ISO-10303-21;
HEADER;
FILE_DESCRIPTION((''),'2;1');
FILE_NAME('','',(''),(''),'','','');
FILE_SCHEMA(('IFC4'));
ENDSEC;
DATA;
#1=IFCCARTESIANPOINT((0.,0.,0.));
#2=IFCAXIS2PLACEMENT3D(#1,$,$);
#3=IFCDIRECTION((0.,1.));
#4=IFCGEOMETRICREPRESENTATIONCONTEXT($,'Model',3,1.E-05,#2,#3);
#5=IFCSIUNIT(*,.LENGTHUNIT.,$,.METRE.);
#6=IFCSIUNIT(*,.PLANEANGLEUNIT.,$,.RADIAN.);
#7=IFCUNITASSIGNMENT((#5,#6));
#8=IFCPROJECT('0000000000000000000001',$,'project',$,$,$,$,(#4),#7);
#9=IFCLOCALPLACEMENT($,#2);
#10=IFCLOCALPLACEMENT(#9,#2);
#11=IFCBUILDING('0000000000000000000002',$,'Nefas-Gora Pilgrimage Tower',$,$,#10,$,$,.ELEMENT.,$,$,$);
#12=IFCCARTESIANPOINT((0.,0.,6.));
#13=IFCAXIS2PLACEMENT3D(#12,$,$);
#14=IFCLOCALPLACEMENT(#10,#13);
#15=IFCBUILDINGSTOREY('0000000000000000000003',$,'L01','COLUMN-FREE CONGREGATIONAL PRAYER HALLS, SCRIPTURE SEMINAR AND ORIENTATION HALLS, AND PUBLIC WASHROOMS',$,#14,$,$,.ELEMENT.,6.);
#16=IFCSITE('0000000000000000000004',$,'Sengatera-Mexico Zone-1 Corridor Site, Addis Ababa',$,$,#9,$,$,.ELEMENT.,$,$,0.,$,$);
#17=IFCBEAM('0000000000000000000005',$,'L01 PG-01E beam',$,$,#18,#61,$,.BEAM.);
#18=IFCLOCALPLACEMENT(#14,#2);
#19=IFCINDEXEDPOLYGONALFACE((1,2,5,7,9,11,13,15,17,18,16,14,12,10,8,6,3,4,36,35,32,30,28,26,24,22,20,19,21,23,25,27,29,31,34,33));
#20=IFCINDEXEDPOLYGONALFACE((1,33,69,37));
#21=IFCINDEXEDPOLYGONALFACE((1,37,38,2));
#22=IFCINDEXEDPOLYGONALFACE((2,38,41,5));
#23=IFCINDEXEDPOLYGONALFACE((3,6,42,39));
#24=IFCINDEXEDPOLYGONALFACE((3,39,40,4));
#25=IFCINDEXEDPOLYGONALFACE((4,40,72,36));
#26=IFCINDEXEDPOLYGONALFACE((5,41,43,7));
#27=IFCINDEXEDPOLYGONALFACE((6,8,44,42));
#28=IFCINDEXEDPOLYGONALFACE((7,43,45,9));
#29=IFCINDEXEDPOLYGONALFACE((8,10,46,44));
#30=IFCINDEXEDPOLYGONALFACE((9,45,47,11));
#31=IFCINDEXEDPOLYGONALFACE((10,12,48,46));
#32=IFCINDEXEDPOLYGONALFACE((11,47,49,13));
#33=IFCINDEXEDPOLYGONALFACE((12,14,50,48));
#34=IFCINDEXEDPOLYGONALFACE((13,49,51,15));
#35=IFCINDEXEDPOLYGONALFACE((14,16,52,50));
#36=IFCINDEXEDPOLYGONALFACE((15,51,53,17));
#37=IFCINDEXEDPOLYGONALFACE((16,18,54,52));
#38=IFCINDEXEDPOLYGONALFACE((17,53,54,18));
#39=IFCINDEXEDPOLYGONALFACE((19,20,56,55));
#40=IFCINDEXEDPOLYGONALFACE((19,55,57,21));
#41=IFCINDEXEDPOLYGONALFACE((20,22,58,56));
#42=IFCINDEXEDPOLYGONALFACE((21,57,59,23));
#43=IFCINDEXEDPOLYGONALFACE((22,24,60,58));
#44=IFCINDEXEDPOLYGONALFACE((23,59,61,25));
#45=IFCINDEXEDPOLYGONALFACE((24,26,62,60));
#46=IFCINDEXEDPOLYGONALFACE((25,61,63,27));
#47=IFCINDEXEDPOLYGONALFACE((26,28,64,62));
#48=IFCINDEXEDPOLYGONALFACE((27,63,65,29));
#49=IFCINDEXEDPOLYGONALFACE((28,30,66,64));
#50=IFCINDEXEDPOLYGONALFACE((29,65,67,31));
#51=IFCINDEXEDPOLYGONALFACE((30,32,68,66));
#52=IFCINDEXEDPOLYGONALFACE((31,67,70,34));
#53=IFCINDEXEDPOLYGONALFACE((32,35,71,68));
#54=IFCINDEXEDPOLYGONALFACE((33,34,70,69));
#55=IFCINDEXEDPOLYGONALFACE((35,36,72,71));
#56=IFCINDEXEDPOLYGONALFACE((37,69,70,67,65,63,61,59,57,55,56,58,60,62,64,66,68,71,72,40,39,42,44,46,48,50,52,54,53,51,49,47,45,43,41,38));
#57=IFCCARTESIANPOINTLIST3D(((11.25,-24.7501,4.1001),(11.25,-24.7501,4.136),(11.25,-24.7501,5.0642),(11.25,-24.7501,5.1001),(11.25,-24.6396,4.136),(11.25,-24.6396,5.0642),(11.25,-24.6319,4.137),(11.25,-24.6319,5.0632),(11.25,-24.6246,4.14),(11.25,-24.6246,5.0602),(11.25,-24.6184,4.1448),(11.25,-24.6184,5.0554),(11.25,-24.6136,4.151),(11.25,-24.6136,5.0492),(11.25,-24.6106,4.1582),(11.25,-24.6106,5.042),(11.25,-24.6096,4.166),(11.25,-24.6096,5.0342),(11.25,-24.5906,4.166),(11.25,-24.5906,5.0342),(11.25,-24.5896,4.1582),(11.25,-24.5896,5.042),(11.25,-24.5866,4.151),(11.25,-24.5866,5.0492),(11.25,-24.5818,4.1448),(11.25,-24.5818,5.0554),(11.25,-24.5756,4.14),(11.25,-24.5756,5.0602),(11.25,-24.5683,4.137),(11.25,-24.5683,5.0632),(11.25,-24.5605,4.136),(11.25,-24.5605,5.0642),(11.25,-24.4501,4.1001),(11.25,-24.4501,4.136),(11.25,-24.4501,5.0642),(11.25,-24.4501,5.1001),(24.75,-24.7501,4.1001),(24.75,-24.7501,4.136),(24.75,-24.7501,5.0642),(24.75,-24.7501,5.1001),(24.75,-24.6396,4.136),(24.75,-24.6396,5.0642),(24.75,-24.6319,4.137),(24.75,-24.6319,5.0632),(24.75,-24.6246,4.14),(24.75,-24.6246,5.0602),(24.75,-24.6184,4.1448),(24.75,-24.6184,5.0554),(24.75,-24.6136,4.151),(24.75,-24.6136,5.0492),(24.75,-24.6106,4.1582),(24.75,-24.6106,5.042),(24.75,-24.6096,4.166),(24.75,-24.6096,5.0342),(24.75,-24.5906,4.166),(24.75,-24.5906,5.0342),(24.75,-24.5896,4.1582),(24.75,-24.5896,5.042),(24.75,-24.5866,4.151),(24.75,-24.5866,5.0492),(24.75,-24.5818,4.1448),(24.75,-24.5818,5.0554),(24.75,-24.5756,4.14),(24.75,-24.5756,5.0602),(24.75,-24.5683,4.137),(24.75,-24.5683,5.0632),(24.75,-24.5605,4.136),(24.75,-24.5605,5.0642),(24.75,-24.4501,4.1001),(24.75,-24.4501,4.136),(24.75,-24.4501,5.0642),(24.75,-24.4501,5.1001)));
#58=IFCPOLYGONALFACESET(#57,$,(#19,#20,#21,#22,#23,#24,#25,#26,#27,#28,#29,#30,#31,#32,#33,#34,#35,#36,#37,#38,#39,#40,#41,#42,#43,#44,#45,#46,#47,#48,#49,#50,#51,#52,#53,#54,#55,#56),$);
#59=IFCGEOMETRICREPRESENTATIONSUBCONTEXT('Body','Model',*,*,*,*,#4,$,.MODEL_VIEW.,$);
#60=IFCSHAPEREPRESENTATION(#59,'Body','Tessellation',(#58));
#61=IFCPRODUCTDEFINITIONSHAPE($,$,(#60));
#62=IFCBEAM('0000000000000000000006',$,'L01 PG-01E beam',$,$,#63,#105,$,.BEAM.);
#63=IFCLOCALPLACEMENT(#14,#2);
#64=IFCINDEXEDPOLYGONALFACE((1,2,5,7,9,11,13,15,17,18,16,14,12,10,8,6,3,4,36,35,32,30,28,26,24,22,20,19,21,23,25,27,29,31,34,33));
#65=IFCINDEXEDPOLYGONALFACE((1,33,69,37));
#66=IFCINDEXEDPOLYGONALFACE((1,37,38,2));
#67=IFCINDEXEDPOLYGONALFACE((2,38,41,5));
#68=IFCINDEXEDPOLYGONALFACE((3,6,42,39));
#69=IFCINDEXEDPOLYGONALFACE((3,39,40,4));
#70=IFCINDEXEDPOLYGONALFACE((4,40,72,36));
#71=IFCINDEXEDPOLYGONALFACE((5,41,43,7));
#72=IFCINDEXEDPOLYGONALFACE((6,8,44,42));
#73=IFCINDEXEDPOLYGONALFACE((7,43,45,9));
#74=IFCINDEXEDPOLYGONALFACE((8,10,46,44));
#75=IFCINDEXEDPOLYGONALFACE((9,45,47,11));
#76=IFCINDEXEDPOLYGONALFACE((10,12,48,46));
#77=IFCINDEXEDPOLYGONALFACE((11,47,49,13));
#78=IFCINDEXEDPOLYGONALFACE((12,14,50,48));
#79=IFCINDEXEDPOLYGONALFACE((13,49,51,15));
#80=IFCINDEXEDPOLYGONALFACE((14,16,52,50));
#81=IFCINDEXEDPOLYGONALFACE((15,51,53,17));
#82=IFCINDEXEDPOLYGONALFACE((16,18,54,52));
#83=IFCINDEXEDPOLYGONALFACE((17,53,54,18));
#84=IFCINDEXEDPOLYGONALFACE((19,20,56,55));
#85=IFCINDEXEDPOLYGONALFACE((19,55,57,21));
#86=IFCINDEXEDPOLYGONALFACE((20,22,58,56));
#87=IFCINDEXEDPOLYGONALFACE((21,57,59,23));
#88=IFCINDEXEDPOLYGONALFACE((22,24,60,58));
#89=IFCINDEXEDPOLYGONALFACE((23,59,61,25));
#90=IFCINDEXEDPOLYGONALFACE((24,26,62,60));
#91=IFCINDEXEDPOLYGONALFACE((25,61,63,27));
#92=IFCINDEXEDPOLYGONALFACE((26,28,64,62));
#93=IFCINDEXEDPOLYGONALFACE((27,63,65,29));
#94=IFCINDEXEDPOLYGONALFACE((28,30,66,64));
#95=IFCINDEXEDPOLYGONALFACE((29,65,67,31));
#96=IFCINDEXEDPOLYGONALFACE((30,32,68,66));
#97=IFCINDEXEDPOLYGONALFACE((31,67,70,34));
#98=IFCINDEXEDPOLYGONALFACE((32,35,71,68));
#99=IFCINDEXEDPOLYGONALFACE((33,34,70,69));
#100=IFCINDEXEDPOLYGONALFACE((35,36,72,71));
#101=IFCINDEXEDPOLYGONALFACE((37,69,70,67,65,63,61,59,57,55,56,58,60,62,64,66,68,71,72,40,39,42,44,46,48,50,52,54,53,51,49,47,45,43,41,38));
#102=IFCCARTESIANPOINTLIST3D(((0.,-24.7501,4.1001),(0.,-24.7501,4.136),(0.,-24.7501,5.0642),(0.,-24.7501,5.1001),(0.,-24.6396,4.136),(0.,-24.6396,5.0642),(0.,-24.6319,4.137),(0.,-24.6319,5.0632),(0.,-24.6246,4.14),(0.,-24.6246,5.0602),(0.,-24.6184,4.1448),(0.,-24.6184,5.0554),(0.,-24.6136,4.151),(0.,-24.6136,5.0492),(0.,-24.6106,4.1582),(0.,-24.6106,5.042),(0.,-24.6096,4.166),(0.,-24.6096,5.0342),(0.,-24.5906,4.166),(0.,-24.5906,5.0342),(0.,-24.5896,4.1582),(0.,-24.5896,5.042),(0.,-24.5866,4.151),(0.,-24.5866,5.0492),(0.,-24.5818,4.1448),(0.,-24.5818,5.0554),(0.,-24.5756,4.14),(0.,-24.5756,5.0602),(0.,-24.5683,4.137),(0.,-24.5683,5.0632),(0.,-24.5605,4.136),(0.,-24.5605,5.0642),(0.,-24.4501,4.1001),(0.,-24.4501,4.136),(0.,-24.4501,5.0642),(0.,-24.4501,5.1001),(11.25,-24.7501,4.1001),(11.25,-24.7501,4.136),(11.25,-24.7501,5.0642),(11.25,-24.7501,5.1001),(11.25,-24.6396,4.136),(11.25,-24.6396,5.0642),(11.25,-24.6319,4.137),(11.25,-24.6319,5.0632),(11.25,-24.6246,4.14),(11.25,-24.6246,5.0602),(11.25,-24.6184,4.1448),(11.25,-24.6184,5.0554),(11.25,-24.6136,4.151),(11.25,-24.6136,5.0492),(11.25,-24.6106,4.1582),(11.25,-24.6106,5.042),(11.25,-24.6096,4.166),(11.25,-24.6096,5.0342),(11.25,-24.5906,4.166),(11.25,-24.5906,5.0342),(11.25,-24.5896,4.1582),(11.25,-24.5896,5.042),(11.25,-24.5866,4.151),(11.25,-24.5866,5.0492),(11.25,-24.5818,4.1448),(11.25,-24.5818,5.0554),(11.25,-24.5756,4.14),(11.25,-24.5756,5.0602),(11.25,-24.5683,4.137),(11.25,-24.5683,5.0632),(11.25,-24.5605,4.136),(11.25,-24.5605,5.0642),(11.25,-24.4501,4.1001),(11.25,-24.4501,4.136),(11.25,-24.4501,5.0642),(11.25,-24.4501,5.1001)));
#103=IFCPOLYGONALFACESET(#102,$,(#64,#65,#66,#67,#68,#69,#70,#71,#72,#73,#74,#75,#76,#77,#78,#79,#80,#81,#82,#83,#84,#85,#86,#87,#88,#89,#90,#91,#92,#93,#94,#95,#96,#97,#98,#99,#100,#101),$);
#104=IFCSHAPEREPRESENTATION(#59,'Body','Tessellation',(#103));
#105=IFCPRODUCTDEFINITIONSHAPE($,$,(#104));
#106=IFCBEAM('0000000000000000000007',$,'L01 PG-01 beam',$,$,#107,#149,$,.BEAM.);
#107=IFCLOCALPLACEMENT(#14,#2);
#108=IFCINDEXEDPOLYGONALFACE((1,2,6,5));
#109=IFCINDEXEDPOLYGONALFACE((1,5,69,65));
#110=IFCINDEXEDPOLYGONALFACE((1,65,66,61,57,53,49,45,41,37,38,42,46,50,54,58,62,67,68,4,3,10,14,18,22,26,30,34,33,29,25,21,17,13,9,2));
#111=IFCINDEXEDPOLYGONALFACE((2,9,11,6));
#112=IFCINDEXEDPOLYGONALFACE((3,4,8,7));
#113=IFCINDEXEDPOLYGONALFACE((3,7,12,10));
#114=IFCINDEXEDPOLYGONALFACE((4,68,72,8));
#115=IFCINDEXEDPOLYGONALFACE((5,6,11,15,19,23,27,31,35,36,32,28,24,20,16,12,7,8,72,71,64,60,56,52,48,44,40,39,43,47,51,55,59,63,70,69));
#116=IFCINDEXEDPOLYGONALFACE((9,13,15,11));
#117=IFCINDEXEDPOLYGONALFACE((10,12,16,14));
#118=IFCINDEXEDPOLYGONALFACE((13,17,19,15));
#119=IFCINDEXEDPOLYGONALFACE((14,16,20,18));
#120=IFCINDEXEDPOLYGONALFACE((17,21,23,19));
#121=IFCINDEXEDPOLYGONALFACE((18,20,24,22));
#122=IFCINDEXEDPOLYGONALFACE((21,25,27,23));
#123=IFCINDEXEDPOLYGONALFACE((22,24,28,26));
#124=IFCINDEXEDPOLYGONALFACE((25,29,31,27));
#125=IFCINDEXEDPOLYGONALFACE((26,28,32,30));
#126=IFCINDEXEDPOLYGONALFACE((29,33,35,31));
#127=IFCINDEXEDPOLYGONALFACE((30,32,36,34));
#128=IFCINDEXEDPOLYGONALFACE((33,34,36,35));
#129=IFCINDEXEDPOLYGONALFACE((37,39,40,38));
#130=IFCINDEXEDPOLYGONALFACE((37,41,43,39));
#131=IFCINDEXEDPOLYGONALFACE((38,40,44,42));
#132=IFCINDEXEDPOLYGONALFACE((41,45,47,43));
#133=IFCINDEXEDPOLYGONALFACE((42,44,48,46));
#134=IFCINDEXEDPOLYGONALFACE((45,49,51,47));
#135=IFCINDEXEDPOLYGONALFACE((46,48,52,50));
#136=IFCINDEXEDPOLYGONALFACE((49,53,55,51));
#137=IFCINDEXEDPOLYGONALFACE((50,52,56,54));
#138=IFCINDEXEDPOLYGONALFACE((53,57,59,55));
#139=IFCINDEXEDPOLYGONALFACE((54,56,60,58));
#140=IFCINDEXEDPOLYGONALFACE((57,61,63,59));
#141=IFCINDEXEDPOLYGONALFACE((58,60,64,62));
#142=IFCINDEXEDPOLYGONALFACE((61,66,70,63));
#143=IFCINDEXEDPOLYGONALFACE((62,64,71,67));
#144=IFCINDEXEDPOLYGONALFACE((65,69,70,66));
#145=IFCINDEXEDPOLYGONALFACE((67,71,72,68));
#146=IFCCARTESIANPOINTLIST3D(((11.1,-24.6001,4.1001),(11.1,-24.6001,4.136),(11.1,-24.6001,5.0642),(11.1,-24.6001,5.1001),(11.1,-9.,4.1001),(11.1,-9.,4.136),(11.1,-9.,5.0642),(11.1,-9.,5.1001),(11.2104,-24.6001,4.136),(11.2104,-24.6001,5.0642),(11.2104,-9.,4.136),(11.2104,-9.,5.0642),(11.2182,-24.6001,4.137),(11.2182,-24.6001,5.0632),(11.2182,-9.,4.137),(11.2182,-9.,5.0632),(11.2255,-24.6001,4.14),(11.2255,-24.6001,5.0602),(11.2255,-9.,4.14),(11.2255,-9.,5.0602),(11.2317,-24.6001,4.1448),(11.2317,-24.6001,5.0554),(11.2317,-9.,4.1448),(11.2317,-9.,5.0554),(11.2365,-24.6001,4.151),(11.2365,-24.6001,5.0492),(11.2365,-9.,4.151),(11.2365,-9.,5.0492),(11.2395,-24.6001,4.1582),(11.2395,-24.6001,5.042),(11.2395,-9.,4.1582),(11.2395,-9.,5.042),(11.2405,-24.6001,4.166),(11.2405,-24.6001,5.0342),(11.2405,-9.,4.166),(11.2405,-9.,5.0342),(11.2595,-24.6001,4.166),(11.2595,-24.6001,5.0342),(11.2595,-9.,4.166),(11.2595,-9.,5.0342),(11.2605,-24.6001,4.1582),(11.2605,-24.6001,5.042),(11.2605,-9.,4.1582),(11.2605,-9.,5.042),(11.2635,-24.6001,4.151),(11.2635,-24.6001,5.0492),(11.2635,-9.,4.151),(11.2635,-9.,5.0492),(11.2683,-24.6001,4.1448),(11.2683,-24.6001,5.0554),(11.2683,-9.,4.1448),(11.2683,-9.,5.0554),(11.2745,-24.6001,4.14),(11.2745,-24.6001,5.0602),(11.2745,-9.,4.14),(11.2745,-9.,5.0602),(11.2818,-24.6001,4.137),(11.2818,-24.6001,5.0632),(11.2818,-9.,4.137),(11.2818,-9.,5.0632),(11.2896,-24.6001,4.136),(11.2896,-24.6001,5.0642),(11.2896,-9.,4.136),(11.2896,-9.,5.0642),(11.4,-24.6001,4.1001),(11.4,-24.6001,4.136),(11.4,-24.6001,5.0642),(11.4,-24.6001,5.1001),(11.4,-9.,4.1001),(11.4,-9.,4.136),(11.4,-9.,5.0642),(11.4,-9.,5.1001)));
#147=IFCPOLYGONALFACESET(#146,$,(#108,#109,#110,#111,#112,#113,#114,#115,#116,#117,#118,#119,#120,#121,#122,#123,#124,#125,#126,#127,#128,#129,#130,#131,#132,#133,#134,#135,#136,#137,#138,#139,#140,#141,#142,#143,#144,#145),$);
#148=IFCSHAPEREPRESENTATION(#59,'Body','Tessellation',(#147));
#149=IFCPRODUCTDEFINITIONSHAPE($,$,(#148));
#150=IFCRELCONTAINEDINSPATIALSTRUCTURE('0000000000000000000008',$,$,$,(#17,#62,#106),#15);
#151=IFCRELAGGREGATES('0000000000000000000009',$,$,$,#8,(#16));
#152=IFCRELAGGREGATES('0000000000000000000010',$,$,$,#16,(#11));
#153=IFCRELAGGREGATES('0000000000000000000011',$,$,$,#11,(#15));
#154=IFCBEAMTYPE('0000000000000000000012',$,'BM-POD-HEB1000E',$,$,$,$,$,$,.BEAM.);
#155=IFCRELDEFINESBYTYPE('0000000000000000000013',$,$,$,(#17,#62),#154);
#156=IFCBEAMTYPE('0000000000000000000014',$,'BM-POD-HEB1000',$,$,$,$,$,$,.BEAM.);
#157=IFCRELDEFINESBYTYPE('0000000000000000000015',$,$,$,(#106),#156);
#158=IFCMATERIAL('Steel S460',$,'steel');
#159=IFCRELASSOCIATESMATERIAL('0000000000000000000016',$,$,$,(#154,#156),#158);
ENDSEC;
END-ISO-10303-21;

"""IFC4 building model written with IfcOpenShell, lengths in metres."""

from ifc_helpers import new_model, si_unit, direction, frame, origin, origin_2d, place, context, subcontext, project, spatial, i_section, extrude, source, transform, mapped, material, material_profile, profile_set, type_object, element, save


model = new_model("IFC4")

# Units and contexts
model_context = context("Model", 3, precision=1e-05, world=origin(), true_north=direction((0.0, 1.0)))
body_context = subcontext(model_context, "Body", "Model", "MODEL_VIEW")
ifc_project = project(units=[si_unit("LENGTHUNIT", "METRE"), si_unit("PLANEANGLEUNIT", "RADIAN")], contexts=[model_context])

# Site, building, storey
site_placement = place(None, origin())
site = spatial("IfcSite", under=ifc_project, at=site_placement, Name="Sengatera-Mexico Zone-1 Corridor Site, Addis Ababa", CompositionType="ELEMENT", RefElevation=0.0)
building_placement = place(site_placement, origin())
building = spatial("IfcBuilding", under=site, at=building_placement, Name="Nefas-Gora Pilgrimage Tower", CompositionType="ELEMENT")
storey_placement = place(building_placement, frame((0.0, 0.0, 6.0)))
storey = spatial("IfcBuildingStorey", under=building, at=storey_placement, Name="L01", Description="COLUMN-FREE CONGREGATIONAL PRAYER HALLS, SCRIPTURE SEMINAR AND ORIENTATION HALLS, AND PUBLIC WASHROOMS", CompositionType="ELEMENT", Elevation=6.0)

# Shared definitions
ifc_material_1 = material(Name="Steel S460", Category="steel")

# Beams
ifc_material_profile_1 = material_profile(ifc_material_1, i_section(OverallWidth=0.3, OverallDepth=1.0, WebThickness=0.019, FlangeThickness=0.0359, FilletRadius=0.03, at=origin_2d()), Name="HEB 1000")
ifc_profile_set_1 = profile_set([ifc_material_profile_1], Name="Steel S460")
beam_type_1 = type_object("IfcBeamType", Name="BM-POD-HEB1000E", PredefinedType="BEAM", material=ifc_profile_set_1)
shared_shape_1 = source(origin(), body_context, "Body", "SweptSolid", [
    extrude(i_section(OverallWidth=0.3, OverallDepth=1.0, WebThickness=0.019, FlangeThickness=0.0359, FilletRadius=0.03, at=origin_2d()), origin(), (0.0, 0.0, 1.0), 13.5),
])
beam_1_placement = place(storey_placement, frame((11.25, -24.6001, 4.6001), z_axis=(1.0, 0.0, 0.0), x_axis=(0.0, 1.0, 0.0)))
element("IfcBeam", 1, at=beam_1_placement, inside=storey, type_object=beam_type_1, Name="L01 PG-01E beam", PredefinedType="BEAM", context=body_context, shape_type="MappedRepresentation", body=[
    mapped(shared_shape_1, transform((0.0, 0.0, 0.0), x_axis=(1.0, 0.0, 0.0), y_axis=(0.0, 1.0, 0.0), z_axis=(0.0, 0.0, 1.0), scale=1.0)),
])
shared_shape_2 = source(origin(), body_context, "Body", "SweptSolid", [
    extrude(i_section(OverallWidth=0.3, OverallDepth=1.0, WebThickness=0.019, FlangeThickness=0.0359, FilletRadius=0.03, at=origin_2d()), origin(), (0.0, 0.0, 1.0), 11.25),
])
beam_2_placement = place(storey_placement, frame((0.0, -24.6001, 4.6001), z_axis=(1.0, 0.0, 0.0), x_axis=(0.0, 1.0, 0.0)))
element("IfcBeam", 2, at=beam_2_placement, inside=storey, type_object=beam_type_1, Name="L01 PG-01E beam", PredefinedType="BEAM", context=body_context, shape_type="MappedRepresentation", body=[
    mapped(shared_shape_2, transform((0.0, 0.0, 0.0), x_axis=(1.0, 0.0, 0.0), y_axis=(0.0, 1.0, 0.0), z_axis=(0.0, 0.0, 1.0), scale=1.0)),
])
ifc_material_profile_2 = material_profile(ifc_material_1, i_section(OverallWidth=0.3, OverallDepth=1.0, WebThickness=0.019, FlangeThickness=0.0359, FilletRadius=0.03, at=origin_2d()), Name="HEB 1000")
ifc_profile_set_2 = profile_set([ifc_material_profile_2], Name="Steel S460")
beam_type_2 = type_object("IfcBeamType", Name="BM-POD-HEB1000", PredefinedType="BEAM", material=ifc_profile_set_2)
shared_shape_3 = source(origin(), body_context, "Body", "SweptSolid", [
    extrude(i_section(OverallWidth=0.3, OverallDepth=1.0, WebThickness=0.019, FlangeThickness=0.0359, FilletRadius=0.03, at=origin_2d()), origin(), (0.0, 0.0, 1.0), 15.6001),
])
beam_3_placement = place(storey_placement, frame((11.25, -24.6001, 4.6001), z_axis=(0.0, 1.0, 0.0), x_axis=(-1.0, 0.0, 0.0)))
element("IfcBeam", 3, at=beam_3_placement, inside=storey, type_object=beam_type_2, Name="L01 PG-01 beam", PredefinedType="BEAM", context=body_context, shape_type="MappedRepresentation", body=[
    mapped(shared_shape_3, transform((0.0, 0.0, 0.0), x_axis=(1.0, 0.0, 0.0), y_axis=(0.0, 1.0, 0.0), z_axis=(0.0, 0.0, 1.0), scale=1.0)),
])

save(model, "model.ifc")
